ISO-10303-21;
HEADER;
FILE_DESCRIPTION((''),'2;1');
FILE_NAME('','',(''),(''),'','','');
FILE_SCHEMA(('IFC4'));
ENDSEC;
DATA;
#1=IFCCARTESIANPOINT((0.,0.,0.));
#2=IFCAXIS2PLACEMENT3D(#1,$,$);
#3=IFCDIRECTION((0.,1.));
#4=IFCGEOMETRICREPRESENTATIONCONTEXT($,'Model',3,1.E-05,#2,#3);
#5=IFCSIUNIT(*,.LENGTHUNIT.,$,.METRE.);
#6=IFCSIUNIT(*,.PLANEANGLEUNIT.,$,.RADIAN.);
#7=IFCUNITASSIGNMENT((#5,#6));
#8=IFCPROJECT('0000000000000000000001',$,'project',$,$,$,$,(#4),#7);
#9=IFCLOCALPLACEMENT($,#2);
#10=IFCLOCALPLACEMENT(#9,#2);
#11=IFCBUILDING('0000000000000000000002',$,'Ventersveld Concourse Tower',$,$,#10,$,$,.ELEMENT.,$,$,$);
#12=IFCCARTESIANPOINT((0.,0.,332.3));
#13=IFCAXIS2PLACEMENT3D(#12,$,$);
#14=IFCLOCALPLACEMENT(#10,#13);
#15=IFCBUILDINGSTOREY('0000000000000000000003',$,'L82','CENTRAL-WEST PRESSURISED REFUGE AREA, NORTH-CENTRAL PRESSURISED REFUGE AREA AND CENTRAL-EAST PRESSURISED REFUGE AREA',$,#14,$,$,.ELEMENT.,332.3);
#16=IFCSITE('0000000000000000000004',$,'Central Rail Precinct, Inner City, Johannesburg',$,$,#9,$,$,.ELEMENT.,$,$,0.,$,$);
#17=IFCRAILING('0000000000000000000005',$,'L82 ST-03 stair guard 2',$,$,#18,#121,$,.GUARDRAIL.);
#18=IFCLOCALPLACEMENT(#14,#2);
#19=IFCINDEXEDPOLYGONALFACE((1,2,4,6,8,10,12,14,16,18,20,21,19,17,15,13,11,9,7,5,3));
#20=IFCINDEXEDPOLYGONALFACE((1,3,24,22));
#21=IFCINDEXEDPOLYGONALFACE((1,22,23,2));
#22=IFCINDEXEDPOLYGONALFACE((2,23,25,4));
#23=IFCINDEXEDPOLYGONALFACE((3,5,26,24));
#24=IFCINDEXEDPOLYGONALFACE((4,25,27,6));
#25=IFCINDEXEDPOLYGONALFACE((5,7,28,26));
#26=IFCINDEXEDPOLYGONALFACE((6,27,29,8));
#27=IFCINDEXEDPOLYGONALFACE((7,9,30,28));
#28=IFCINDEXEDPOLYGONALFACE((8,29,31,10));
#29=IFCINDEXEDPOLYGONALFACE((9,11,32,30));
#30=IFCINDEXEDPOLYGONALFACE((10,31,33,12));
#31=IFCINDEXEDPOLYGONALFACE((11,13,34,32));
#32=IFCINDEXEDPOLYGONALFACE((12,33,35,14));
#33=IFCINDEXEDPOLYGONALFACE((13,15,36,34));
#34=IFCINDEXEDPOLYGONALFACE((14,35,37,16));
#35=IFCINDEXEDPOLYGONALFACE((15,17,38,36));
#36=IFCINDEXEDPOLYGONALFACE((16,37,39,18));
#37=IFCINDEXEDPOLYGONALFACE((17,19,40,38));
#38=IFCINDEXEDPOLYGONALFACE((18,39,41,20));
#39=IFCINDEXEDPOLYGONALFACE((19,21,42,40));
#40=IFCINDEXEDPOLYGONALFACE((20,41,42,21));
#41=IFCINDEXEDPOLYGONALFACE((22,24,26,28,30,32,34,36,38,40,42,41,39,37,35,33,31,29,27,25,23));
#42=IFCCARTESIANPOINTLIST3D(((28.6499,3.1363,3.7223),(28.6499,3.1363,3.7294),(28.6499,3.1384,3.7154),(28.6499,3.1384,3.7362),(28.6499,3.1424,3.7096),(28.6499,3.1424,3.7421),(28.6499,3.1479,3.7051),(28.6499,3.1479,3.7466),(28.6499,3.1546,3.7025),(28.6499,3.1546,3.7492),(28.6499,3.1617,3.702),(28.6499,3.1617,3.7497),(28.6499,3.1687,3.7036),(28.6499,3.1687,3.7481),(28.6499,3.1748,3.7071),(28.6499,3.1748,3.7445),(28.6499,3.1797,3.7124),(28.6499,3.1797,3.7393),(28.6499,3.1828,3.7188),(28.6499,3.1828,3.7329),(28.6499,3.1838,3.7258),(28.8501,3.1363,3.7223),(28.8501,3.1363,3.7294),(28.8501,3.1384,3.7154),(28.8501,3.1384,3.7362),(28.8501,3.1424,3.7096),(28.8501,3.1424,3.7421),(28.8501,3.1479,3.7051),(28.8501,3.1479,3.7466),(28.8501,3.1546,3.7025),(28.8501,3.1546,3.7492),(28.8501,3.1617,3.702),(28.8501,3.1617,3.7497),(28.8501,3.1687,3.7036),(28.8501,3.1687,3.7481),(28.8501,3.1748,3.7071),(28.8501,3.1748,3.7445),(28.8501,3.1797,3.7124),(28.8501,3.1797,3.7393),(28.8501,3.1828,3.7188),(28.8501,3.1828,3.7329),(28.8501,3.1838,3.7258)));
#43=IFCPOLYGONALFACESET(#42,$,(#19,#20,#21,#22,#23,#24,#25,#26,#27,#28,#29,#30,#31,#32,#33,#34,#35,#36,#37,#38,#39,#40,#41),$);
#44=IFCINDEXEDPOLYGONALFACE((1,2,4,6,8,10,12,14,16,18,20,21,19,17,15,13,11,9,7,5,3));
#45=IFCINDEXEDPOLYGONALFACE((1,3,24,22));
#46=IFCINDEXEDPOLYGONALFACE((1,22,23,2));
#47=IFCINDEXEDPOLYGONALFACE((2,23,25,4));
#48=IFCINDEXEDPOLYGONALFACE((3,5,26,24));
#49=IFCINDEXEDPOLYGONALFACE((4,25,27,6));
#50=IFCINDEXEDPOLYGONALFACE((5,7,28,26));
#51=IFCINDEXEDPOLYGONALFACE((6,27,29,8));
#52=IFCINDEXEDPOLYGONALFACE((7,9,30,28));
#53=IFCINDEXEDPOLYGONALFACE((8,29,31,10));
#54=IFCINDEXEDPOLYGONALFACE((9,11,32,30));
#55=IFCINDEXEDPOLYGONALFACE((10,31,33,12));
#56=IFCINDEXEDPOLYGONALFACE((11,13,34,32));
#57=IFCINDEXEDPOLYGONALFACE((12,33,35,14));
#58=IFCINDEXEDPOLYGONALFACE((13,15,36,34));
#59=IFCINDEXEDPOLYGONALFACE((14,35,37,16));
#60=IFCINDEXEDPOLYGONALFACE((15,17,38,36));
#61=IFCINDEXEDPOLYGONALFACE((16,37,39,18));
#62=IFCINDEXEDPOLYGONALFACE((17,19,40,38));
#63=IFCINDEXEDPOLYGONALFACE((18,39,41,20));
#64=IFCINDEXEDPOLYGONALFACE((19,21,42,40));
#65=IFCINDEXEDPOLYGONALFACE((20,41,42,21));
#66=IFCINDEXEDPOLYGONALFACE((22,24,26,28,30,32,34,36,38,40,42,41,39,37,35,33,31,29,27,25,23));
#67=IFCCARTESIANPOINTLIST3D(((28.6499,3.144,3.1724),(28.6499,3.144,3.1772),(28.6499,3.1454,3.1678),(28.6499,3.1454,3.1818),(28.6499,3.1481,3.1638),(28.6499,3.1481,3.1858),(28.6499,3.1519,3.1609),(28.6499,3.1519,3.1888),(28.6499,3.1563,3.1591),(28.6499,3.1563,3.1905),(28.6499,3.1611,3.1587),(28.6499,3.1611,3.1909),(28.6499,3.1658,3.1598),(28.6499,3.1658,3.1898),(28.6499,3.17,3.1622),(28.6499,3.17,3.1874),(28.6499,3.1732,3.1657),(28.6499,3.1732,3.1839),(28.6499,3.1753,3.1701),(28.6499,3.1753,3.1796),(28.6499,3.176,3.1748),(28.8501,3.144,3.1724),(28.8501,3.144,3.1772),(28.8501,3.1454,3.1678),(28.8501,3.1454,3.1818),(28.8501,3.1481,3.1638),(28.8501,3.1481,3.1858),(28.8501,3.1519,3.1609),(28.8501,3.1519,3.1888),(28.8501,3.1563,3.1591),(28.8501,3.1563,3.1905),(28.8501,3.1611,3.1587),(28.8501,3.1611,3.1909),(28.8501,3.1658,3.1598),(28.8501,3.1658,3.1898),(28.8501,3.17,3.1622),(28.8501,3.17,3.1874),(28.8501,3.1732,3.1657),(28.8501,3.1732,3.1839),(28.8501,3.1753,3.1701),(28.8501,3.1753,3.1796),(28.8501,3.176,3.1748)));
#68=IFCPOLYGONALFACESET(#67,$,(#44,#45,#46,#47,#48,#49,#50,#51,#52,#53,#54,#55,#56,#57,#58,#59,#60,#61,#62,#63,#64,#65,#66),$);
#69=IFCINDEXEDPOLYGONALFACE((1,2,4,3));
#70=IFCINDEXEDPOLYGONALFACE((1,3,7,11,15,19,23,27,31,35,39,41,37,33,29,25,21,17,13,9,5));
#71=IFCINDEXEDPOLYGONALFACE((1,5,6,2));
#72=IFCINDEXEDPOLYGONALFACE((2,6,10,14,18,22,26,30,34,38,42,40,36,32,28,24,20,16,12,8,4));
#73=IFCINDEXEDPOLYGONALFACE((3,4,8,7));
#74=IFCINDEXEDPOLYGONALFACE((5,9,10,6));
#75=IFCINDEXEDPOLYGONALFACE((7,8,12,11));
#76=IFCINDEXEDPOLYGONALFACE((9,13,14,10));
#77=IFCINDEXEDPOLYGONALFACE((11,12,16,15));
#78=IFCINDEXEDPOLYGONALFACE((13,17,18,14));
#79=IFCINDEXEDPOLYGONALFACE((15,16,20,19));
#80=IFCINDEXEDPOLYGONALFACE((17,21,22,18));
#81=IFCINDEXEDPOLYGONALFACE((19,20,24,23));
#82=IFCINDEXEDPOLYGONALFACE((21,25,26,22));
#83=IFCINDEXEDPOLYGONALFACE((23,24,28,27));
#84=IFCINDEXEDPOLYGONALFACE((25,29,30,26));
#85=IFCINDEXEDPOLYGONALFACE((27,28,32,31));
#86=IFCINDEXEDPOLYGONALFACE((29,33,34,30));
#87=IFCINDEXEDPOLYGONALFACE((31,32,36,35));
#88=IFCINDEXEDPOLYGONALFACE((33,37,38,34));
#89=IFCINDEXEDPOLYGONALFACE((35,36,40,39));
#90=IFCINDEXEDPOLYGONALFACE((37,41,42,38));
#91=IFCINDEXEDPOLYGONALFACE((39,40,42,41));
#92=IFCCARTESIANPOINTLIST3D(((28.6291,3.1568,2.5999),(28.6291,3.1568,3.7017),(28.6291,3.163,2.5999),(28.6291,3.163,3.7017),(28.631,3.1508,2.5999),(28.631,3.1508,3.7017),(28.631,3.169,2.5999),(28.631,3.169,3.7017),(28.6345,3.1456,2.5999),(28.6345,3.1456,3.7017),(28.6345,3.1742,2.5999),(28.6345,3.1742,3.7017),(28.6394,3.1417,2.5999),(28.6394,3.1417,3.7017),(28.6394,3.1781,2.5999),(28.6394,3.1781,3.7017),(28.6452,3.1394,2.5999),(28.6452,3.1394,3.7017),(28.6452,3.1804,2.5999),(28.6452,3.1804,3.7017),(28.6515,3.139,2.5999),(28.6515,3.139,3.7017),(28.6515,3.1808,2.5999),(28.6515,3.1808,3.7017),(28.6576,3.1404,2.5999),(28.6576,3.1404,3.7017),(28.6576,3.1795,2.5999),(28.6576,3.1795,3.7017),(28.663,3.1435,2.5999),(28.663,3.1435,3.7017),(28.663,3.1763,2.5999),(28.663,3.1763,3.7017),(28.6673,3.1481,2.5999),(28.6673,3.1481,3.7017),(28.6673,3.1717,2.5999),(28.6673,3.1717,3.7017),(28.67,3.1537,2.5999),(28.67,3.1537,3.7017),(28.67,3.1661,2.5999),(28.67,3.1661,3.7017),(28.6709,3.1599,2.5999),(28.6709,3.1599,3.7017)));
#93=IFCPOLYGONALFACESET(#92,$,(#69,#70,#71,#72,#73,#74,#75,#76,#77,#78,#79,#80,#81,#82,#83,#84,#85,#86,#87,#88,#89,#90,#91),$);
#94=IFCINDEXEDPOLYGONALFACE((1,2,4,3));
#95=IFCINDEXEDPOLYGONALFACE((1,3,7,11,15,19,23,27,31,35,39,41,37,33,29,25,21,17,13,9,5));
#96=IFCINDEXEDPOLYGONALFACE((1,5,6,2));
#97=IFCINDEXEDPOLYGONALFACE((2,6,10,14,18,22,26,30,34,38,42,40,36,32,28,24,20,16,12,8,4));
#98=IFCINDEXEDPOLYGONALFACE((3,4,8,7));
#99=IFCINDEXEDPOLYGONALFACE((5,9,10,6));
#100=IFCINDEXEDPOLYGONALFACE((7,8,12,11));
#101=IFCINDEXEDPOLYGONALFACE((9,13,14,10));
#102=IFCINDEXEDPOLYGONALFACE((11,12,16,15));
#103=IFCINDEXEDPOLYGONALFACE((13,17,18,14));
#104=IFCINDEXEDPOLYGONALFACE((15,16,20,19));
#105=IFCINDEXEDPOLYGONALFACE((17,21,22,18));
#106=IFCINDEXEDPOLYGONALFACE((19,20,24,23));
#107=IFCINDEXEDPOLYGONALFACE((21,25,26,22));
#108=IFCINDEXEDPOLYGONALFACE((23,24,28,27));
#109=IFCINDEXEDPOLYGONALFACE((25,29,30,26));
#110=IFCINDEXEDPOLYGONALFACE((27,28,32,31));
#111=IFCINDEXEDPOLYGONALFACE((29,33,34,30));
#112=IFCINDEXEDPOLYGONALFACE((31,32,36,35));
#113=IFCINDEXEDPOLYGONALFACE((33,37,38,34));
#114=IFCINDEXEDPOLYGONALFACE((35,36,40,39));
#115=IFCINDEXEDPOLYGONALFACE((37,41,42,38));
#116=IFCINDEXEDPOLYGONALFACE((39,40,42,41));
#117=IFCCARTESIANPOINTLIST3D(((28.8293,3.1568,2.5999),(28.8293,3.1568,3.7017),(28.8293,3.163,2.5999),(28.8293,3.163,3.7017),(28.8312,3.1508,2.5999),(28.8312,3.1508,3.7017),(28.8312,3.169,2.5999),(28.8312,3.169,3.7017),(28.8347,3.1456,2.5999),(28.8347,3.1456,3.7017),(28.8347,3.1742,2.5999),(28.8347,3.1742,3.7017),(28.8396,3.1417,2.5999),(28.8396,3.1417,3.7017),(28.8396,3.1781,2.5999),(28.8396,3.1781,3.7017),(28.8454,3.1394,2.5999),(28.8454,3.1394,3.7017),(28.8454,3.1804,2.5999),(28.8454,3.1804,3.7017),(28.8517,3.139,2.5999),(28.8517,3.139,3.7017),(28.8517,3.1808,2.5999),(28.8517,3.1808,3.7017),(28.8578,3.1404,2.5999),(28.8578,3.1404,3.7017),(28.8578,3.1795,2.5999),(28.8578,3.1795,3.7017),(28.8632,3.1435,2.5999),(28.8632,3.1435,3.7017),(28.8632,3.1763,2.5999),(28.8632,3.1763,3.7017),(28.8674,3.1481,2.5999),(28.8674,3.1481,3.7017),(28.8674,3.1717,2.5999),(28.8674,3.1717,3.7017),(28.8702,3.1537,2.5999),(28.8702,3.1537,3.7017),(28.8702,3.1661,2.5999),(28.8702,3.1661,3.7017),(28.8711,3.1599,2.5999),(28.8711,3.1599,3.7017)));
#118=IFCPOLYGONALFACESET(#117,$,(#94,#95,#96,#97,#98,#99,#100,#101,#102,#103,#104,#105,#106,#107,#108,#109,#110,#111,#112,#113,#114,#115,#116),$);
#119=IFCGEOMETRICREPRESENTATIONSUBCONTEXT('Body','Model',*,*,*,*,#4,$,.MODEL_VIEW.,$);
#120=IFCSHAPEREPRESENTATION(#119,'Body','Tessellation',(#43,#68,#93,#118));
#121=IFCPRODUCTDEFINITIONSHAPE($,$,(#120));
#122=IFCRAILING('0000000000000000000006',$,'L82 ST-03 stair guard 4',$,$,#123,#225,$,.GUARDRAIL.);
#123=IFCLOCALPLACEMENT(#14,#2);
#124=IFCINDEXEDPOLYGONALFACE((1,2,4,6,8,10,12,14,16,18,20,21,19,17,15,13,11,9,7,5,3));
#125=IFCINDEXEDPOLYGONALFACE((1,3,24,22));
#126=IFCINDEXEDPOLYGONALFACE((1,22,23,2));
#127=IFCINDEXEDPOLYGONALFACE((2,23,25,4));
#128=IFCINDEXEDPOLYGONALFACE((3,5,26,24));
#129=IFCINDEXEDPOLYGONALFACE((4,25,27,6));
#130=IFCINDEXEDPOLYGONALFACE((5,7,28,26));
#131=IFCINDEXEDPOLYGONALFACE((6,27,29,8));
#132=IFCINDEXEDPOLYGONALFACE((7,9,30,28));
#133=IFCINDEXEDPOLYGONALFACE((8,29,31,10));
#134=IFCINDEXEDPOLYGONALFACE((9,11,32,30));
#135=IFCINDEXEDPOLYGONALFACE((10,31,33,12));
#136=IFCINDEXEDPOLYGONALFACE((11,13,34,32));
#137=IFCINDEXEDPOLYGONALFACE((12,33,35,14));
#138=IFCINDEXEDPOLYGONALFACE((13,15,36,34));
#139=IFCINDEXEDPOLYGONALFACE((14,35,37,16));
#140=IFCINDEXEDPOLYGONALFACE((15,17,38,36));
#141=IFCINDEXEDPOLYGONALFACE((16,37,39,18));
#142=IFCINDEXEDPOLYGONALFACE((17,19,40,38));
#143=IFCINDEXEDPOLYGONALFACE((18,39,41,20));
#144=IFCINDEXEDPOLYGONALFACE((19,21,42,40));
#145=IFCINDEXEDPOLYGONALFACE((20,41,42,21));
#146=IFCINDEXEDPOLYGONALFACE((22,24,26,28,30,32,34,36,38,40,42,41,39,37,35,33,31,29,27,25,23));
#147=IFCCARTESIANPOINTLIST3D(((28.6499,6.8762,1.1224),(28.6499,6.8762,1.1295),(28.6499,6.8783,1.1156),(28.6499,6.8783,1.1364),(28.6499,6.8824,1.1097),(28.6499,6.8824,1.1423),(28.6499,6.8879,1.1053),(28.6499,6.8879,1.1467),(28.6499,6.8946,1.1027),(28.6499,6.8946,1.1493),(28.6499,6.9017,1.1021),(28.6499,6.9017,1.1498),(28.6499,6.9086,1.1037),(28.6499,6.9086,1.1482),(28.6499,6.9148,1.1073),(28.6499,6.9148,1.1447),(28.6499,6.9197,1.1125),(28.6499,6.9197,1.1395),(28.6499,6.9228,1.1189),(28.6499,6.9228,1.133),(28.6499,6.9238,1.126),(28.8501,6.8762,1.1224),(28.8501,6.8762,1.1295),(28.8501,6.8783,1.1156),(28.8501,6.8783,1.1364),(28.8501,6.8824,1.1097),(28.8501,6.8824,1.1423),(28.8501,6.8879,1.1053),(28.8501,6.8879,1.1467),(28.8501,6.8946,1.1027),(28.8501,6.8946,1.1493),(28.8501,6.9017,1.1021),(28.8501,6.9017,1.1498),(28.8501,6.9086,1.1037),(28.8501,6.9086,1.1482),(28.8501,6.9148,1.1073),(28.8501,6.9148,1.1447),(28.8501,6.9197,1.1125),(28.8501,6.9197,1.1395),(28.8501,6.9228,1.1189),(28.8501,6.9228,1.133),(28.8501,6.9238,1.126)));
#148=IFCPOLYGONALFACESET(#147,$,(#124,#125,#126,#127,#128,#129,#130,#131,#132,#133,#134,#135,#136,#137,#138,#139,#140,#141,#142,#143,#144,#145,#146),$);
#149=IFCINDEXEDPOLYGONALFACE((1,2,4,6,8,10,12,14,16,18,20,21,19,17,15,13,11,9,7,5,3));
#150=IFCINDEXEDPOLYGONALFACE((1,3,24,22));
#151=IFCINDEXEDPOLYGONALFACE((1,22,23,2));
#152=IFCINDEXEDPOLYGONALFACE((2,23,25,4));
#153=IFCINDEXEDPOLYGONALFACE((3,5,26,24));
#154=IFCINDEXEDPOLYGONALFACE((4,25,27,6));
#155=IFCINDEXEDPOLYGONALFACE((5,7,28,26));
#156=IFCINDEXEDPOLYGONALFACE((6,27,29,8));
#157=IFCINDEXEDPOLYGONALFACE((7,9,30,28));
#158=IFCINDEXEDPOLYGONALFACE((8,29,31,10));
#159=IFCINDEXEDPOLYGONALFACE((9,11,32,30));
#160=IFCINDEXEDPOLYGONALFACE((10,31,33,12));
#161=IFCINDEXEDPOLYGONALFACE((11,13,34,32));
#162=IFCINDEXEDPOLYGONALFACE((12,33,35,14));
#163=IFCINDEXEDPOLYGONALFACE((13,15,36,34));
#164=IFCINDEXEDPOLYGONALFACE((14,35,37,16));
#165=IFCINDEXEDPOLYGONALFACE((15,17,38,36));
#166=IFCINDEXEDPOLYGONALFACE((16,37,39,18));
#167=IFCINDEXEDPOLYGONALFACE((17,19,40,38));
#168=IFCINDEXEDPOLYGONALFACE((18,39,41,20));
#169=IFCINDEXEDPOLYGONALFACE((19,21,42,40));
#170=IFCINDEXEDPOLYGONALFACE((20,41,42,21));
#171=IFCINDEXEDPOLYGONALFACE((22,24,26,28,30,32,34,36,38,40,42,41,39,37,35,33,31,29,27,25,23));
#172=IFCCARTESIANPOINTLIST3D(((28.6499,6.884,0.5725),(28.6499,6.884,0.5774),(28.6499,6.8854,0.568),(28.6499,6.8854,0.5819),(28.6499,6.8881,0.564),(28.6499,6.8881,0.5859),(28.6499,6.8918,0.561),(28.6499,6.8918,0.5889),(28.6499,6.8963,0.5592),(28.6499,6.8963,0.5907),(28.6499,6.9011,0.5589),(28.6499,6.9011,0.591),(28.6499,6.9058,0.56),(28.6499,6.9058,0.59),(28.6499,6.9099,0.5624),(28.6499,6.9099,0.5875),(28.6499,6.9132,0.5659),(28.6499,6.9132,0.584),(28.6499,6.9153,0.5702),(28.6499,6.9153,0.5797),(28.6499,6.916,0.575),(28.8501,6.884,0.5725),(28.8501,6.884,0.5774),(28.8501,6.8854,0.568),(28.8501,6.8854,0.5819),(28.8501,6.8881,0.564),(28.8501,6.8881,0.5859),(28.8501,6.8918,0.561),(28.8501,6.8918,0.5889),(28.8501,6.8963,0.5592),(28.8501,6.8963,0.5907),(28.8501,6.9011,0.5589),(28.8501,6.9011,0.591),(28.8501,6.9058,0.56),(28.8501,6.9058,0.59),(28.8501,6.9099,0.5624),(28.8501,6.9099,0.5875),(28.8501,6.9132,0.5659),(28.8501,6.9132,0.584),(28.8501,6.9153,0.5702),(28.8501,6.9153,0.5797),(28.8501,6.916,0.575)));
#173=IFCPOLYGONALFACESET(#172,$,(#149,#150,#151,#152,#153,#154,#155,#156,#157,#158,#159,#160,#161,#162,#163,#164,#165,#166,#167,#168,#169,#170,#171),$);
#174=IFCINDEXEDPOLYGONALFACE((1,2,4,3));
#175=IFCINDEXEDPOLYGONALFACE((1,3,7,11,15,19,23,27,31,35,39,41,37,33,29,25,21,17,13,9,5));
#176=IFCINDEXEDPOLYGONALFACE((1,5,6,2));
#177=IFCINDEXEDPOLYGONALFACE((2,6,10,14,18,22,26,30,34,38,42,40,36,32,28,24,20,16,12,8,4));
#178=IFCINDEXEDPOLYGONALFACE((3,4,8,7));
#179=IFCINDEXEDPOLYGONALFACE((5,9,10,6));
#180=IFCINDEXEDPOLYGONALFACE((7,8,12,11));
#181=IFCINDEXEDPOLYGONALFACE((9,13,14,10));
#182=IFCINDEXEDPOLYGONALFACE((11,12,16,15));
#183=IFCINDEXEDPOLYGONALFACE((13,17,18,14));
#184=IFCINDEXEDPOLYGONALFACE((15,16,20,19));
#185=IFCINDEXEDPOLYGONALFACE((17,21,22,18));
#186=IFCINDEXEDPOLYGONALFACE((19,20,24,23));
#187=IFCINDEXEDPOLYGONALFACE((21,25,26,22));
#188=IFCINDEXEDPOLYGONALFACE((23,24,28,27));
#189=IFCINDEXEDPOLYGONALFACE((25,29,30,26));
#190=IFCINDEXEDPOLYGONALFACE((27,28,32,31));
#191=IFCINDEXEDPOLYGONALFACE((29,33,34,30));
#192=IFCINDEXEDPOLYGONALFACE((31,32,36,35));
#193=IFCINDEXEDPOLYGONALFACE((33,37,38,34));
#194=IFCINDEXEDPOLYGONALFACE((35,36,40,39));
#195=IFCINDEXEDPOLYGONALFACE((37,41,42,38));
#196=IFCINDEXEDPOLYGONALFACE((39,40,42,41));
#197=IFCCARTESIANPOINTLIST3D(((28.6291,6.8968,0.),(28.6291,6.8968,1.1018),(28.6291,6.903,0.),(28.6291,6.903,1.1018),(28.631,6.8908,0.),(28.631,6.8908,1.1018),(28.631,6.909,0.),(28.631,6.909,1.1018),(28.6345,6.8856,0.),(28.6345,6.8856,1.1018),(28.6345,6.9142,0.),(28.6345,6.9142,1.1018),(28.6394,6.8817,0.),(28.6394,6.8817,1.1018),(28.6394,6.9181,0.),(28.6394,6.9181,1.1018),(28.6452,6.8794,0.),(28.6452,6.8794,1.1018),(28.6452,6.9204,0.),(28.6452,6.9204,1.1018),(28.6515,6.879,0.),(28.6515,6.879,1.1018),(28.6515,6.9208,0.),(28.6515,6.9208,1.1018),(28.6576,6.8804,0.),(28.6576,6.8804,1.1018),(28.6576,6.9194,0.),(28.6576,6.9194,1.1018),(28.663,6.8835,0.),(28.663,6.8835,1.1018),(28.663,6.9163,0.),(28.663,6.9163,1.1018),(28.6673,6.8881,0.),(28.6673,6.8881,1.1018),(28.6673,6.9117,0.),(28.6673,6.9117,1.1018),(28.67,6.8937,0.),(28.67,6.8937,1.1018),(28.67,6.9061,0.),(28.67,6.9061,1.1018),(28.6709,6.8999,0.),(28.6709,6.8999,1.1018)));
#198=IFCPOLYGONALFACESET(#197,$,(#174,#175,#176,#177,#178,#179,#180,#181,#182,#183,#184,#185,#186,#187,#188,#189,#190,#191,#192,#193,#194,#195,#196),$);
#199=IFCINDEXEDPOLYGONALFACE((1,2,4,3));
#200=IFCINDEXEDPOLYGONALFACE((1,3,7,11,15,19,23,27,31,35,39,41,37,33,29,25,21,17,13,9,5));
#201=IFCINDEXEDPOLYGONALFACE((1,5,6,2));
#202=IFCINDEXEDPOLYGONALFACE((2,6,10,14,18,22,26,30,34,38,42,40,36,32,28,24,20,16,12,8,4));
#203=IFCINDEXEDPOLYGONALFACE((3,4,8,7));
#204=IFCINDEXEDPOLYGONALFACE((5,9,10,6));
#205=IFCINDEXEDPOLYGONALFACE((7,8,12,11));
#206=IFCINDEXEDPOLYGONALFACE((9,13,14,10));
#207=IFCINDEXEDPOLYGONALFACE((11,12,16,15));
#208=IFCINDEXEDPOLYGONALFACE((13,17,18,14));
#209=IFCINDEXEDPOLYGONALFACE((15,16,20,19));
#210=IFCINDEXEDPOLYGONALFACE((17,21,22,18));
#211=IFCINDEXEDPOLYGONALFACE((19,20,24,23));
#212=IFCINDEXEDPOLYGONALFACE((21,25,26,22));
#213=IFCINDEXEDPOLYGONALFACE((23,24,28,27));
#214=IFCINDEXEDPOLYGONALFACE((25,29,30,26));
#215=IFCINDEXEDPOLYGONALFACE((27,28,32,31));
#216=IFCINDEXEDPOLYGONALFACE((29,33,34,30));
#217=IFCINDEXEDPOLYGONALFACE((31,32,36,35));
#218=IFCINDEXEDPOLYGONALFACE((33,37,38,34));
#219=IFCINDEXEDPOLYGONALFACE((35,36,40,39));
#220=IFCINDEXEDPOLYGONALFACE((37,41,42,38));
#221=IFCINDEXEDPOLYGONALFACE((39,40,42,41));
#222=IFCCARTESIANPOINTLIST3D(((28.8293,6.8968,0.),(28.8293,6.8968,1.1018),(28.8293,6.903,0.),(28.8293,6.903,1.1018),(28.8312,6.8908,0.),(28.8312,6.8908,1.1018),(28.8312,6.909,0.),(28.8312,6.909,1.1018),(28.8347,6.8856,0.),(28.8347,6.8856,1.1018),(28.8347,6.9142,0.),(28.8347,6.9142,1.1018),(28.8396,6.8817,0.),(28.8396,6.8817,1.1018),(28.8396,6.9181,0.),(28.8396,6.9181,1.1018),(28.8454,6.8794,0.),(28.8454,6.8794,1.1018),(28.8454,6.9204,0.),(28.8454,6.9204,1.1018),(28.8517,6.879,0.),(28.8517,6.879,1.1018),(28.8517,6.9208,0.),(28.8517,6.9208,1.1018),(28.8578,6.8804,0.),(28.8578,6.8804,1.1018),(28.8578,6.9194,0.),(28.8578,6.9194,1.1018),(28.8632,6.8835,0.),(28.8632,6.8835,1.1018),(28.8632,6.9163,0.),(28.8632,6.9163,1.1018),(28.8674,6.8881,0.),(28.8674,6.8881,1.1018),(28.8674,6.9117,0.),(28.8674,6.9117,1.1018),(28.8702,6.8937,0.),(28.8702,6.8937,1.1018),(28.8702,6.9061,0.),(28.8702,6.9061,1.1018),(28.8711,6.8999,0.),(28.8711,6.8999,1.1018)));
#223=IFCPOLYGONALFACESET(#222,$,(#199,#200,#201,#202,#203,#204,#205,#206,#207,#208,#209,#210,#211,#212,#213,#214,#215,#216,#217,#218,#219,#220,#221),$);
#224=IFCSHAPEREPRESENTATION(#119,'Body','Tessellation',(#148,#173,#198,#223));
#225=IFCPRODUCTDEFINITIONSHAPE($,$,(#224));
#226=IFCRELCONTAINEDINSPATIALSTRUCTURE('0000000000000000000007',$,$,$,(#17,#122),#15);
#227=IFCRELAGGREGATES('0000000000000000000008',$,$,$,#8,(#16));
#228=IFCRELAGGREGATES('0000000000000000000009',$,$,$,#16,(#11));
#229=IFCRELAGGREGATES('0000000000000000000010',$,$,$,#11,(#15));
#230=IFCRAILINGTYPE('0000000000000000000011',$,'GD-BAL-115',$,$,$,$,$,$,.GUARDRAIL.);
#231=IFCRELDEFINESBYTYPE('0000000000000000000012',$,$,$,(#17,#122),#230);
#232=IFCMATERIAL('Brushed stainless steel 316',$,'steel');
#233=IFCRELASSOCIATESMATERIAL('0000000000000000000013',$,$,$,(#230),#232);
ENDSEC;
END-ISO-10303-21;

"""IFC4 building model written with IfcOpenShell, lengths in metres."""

from ifc_helpers import new_model, si_unit, direction, frame, origin, origin_2d, place, context, subcontext, project, spatial, circle, extrude, material, type_object, element, save


model = new_model("IFC4")

# Units and contexts
model_context = context("Model", 3, precision=1e-05, world=origin(), true_north=direction((0.0, 1.0)))
body_context = subcontext(model_context, "Body", "Model", "MODEL_VIEW")
ifc_project = project(units=[si_unit("LENGTHUNIT", "METRE"), si_unit("PLANEANGLEUNIT", "RADIAN")], contexts=[model_context])

# Site, building, storey
site_placement = place(None, origin())
site = spatial("IfcSite", under=ifc_project, at=site_placement, Name="Central Rail Precinct, Inner City, Johannesburg", CompositionType="ELEMENT", RefElevation=0.0)
building_placement = place(site_placement, origin())
building = spatial("IfcBuilding", under=site, at=building_placement, Name="Ventersveld Concourse Tower", CompositionType="ELEMENT")
storey_placement = place(building_placement, frame((0.0, 0.0, 332.3)))
storey = spatial("IfcBuildingStorey", under=building, at=storey_placement, Name="L82", Description="CENTRAL-WEST PRESSURISED REFUGE AREA, NORTH-CENTRAL PRESSURISED REFUGE AREA AND CENTRAL-EAST PRESSURISED REFUGE AREA", CompositionType="ELEMENT", Elevation=332.3)

# Shared definitions
ifc_material_1 = material(Name="Brushed stainless steel 316", Category="steel")

# Railings
railing_type_1 = type_object("IfcRailingType", Name="GD-BAL-115", PredefinedType="GUARDRAIL", material=ifc_material_1)
for number, where, name in (
    (1, (28.6499, 3.1599, 2.5999), "L82 ST-03 stair guard 2"),
    (2, (28.6499, 6.8999, 0.0), "L82 ST-03 stair guard 4"),
):
    element("IfcRailing", number, at=place(storey_placement, frame(where)), inside=storey, type_object=railing_type_1, Name=name, PredefinedType="GUARDRAIL", context=body_context, shape_type="SweptSolid", body=[
        extrude(circle(Radius=0.0239, at=origin_2d()), frame((0.0, 0.0, 1.126), z_axis=(1.0, 0.0, 0.0), x_axis=(0.0, 1.0, 0.0)), (0.0, 0.0, 1.0), 0.2002),
        extrude(circle(Radius=0.0161, at=origin_2d()), frame((0.0, 0.0, 0.575), z_axis=(1.0, 0.0, 0.0), x_axis=(0.0, 1.0, 0.0)), (0.0, 0.0, 1.0), 0.2002),
        extrude(circle(Radius=0.021, at=origin_2d()), origin(), (0.0, 0.0, 1.0), 1.1018),
        extrude(circle(Radius=0.021, at=origin_2d()), frame((0.2002, 0.0, 0.0)), (0.0, 0.0, 1.0), 1.1018),
    ])

save(model, "model.ifc")
